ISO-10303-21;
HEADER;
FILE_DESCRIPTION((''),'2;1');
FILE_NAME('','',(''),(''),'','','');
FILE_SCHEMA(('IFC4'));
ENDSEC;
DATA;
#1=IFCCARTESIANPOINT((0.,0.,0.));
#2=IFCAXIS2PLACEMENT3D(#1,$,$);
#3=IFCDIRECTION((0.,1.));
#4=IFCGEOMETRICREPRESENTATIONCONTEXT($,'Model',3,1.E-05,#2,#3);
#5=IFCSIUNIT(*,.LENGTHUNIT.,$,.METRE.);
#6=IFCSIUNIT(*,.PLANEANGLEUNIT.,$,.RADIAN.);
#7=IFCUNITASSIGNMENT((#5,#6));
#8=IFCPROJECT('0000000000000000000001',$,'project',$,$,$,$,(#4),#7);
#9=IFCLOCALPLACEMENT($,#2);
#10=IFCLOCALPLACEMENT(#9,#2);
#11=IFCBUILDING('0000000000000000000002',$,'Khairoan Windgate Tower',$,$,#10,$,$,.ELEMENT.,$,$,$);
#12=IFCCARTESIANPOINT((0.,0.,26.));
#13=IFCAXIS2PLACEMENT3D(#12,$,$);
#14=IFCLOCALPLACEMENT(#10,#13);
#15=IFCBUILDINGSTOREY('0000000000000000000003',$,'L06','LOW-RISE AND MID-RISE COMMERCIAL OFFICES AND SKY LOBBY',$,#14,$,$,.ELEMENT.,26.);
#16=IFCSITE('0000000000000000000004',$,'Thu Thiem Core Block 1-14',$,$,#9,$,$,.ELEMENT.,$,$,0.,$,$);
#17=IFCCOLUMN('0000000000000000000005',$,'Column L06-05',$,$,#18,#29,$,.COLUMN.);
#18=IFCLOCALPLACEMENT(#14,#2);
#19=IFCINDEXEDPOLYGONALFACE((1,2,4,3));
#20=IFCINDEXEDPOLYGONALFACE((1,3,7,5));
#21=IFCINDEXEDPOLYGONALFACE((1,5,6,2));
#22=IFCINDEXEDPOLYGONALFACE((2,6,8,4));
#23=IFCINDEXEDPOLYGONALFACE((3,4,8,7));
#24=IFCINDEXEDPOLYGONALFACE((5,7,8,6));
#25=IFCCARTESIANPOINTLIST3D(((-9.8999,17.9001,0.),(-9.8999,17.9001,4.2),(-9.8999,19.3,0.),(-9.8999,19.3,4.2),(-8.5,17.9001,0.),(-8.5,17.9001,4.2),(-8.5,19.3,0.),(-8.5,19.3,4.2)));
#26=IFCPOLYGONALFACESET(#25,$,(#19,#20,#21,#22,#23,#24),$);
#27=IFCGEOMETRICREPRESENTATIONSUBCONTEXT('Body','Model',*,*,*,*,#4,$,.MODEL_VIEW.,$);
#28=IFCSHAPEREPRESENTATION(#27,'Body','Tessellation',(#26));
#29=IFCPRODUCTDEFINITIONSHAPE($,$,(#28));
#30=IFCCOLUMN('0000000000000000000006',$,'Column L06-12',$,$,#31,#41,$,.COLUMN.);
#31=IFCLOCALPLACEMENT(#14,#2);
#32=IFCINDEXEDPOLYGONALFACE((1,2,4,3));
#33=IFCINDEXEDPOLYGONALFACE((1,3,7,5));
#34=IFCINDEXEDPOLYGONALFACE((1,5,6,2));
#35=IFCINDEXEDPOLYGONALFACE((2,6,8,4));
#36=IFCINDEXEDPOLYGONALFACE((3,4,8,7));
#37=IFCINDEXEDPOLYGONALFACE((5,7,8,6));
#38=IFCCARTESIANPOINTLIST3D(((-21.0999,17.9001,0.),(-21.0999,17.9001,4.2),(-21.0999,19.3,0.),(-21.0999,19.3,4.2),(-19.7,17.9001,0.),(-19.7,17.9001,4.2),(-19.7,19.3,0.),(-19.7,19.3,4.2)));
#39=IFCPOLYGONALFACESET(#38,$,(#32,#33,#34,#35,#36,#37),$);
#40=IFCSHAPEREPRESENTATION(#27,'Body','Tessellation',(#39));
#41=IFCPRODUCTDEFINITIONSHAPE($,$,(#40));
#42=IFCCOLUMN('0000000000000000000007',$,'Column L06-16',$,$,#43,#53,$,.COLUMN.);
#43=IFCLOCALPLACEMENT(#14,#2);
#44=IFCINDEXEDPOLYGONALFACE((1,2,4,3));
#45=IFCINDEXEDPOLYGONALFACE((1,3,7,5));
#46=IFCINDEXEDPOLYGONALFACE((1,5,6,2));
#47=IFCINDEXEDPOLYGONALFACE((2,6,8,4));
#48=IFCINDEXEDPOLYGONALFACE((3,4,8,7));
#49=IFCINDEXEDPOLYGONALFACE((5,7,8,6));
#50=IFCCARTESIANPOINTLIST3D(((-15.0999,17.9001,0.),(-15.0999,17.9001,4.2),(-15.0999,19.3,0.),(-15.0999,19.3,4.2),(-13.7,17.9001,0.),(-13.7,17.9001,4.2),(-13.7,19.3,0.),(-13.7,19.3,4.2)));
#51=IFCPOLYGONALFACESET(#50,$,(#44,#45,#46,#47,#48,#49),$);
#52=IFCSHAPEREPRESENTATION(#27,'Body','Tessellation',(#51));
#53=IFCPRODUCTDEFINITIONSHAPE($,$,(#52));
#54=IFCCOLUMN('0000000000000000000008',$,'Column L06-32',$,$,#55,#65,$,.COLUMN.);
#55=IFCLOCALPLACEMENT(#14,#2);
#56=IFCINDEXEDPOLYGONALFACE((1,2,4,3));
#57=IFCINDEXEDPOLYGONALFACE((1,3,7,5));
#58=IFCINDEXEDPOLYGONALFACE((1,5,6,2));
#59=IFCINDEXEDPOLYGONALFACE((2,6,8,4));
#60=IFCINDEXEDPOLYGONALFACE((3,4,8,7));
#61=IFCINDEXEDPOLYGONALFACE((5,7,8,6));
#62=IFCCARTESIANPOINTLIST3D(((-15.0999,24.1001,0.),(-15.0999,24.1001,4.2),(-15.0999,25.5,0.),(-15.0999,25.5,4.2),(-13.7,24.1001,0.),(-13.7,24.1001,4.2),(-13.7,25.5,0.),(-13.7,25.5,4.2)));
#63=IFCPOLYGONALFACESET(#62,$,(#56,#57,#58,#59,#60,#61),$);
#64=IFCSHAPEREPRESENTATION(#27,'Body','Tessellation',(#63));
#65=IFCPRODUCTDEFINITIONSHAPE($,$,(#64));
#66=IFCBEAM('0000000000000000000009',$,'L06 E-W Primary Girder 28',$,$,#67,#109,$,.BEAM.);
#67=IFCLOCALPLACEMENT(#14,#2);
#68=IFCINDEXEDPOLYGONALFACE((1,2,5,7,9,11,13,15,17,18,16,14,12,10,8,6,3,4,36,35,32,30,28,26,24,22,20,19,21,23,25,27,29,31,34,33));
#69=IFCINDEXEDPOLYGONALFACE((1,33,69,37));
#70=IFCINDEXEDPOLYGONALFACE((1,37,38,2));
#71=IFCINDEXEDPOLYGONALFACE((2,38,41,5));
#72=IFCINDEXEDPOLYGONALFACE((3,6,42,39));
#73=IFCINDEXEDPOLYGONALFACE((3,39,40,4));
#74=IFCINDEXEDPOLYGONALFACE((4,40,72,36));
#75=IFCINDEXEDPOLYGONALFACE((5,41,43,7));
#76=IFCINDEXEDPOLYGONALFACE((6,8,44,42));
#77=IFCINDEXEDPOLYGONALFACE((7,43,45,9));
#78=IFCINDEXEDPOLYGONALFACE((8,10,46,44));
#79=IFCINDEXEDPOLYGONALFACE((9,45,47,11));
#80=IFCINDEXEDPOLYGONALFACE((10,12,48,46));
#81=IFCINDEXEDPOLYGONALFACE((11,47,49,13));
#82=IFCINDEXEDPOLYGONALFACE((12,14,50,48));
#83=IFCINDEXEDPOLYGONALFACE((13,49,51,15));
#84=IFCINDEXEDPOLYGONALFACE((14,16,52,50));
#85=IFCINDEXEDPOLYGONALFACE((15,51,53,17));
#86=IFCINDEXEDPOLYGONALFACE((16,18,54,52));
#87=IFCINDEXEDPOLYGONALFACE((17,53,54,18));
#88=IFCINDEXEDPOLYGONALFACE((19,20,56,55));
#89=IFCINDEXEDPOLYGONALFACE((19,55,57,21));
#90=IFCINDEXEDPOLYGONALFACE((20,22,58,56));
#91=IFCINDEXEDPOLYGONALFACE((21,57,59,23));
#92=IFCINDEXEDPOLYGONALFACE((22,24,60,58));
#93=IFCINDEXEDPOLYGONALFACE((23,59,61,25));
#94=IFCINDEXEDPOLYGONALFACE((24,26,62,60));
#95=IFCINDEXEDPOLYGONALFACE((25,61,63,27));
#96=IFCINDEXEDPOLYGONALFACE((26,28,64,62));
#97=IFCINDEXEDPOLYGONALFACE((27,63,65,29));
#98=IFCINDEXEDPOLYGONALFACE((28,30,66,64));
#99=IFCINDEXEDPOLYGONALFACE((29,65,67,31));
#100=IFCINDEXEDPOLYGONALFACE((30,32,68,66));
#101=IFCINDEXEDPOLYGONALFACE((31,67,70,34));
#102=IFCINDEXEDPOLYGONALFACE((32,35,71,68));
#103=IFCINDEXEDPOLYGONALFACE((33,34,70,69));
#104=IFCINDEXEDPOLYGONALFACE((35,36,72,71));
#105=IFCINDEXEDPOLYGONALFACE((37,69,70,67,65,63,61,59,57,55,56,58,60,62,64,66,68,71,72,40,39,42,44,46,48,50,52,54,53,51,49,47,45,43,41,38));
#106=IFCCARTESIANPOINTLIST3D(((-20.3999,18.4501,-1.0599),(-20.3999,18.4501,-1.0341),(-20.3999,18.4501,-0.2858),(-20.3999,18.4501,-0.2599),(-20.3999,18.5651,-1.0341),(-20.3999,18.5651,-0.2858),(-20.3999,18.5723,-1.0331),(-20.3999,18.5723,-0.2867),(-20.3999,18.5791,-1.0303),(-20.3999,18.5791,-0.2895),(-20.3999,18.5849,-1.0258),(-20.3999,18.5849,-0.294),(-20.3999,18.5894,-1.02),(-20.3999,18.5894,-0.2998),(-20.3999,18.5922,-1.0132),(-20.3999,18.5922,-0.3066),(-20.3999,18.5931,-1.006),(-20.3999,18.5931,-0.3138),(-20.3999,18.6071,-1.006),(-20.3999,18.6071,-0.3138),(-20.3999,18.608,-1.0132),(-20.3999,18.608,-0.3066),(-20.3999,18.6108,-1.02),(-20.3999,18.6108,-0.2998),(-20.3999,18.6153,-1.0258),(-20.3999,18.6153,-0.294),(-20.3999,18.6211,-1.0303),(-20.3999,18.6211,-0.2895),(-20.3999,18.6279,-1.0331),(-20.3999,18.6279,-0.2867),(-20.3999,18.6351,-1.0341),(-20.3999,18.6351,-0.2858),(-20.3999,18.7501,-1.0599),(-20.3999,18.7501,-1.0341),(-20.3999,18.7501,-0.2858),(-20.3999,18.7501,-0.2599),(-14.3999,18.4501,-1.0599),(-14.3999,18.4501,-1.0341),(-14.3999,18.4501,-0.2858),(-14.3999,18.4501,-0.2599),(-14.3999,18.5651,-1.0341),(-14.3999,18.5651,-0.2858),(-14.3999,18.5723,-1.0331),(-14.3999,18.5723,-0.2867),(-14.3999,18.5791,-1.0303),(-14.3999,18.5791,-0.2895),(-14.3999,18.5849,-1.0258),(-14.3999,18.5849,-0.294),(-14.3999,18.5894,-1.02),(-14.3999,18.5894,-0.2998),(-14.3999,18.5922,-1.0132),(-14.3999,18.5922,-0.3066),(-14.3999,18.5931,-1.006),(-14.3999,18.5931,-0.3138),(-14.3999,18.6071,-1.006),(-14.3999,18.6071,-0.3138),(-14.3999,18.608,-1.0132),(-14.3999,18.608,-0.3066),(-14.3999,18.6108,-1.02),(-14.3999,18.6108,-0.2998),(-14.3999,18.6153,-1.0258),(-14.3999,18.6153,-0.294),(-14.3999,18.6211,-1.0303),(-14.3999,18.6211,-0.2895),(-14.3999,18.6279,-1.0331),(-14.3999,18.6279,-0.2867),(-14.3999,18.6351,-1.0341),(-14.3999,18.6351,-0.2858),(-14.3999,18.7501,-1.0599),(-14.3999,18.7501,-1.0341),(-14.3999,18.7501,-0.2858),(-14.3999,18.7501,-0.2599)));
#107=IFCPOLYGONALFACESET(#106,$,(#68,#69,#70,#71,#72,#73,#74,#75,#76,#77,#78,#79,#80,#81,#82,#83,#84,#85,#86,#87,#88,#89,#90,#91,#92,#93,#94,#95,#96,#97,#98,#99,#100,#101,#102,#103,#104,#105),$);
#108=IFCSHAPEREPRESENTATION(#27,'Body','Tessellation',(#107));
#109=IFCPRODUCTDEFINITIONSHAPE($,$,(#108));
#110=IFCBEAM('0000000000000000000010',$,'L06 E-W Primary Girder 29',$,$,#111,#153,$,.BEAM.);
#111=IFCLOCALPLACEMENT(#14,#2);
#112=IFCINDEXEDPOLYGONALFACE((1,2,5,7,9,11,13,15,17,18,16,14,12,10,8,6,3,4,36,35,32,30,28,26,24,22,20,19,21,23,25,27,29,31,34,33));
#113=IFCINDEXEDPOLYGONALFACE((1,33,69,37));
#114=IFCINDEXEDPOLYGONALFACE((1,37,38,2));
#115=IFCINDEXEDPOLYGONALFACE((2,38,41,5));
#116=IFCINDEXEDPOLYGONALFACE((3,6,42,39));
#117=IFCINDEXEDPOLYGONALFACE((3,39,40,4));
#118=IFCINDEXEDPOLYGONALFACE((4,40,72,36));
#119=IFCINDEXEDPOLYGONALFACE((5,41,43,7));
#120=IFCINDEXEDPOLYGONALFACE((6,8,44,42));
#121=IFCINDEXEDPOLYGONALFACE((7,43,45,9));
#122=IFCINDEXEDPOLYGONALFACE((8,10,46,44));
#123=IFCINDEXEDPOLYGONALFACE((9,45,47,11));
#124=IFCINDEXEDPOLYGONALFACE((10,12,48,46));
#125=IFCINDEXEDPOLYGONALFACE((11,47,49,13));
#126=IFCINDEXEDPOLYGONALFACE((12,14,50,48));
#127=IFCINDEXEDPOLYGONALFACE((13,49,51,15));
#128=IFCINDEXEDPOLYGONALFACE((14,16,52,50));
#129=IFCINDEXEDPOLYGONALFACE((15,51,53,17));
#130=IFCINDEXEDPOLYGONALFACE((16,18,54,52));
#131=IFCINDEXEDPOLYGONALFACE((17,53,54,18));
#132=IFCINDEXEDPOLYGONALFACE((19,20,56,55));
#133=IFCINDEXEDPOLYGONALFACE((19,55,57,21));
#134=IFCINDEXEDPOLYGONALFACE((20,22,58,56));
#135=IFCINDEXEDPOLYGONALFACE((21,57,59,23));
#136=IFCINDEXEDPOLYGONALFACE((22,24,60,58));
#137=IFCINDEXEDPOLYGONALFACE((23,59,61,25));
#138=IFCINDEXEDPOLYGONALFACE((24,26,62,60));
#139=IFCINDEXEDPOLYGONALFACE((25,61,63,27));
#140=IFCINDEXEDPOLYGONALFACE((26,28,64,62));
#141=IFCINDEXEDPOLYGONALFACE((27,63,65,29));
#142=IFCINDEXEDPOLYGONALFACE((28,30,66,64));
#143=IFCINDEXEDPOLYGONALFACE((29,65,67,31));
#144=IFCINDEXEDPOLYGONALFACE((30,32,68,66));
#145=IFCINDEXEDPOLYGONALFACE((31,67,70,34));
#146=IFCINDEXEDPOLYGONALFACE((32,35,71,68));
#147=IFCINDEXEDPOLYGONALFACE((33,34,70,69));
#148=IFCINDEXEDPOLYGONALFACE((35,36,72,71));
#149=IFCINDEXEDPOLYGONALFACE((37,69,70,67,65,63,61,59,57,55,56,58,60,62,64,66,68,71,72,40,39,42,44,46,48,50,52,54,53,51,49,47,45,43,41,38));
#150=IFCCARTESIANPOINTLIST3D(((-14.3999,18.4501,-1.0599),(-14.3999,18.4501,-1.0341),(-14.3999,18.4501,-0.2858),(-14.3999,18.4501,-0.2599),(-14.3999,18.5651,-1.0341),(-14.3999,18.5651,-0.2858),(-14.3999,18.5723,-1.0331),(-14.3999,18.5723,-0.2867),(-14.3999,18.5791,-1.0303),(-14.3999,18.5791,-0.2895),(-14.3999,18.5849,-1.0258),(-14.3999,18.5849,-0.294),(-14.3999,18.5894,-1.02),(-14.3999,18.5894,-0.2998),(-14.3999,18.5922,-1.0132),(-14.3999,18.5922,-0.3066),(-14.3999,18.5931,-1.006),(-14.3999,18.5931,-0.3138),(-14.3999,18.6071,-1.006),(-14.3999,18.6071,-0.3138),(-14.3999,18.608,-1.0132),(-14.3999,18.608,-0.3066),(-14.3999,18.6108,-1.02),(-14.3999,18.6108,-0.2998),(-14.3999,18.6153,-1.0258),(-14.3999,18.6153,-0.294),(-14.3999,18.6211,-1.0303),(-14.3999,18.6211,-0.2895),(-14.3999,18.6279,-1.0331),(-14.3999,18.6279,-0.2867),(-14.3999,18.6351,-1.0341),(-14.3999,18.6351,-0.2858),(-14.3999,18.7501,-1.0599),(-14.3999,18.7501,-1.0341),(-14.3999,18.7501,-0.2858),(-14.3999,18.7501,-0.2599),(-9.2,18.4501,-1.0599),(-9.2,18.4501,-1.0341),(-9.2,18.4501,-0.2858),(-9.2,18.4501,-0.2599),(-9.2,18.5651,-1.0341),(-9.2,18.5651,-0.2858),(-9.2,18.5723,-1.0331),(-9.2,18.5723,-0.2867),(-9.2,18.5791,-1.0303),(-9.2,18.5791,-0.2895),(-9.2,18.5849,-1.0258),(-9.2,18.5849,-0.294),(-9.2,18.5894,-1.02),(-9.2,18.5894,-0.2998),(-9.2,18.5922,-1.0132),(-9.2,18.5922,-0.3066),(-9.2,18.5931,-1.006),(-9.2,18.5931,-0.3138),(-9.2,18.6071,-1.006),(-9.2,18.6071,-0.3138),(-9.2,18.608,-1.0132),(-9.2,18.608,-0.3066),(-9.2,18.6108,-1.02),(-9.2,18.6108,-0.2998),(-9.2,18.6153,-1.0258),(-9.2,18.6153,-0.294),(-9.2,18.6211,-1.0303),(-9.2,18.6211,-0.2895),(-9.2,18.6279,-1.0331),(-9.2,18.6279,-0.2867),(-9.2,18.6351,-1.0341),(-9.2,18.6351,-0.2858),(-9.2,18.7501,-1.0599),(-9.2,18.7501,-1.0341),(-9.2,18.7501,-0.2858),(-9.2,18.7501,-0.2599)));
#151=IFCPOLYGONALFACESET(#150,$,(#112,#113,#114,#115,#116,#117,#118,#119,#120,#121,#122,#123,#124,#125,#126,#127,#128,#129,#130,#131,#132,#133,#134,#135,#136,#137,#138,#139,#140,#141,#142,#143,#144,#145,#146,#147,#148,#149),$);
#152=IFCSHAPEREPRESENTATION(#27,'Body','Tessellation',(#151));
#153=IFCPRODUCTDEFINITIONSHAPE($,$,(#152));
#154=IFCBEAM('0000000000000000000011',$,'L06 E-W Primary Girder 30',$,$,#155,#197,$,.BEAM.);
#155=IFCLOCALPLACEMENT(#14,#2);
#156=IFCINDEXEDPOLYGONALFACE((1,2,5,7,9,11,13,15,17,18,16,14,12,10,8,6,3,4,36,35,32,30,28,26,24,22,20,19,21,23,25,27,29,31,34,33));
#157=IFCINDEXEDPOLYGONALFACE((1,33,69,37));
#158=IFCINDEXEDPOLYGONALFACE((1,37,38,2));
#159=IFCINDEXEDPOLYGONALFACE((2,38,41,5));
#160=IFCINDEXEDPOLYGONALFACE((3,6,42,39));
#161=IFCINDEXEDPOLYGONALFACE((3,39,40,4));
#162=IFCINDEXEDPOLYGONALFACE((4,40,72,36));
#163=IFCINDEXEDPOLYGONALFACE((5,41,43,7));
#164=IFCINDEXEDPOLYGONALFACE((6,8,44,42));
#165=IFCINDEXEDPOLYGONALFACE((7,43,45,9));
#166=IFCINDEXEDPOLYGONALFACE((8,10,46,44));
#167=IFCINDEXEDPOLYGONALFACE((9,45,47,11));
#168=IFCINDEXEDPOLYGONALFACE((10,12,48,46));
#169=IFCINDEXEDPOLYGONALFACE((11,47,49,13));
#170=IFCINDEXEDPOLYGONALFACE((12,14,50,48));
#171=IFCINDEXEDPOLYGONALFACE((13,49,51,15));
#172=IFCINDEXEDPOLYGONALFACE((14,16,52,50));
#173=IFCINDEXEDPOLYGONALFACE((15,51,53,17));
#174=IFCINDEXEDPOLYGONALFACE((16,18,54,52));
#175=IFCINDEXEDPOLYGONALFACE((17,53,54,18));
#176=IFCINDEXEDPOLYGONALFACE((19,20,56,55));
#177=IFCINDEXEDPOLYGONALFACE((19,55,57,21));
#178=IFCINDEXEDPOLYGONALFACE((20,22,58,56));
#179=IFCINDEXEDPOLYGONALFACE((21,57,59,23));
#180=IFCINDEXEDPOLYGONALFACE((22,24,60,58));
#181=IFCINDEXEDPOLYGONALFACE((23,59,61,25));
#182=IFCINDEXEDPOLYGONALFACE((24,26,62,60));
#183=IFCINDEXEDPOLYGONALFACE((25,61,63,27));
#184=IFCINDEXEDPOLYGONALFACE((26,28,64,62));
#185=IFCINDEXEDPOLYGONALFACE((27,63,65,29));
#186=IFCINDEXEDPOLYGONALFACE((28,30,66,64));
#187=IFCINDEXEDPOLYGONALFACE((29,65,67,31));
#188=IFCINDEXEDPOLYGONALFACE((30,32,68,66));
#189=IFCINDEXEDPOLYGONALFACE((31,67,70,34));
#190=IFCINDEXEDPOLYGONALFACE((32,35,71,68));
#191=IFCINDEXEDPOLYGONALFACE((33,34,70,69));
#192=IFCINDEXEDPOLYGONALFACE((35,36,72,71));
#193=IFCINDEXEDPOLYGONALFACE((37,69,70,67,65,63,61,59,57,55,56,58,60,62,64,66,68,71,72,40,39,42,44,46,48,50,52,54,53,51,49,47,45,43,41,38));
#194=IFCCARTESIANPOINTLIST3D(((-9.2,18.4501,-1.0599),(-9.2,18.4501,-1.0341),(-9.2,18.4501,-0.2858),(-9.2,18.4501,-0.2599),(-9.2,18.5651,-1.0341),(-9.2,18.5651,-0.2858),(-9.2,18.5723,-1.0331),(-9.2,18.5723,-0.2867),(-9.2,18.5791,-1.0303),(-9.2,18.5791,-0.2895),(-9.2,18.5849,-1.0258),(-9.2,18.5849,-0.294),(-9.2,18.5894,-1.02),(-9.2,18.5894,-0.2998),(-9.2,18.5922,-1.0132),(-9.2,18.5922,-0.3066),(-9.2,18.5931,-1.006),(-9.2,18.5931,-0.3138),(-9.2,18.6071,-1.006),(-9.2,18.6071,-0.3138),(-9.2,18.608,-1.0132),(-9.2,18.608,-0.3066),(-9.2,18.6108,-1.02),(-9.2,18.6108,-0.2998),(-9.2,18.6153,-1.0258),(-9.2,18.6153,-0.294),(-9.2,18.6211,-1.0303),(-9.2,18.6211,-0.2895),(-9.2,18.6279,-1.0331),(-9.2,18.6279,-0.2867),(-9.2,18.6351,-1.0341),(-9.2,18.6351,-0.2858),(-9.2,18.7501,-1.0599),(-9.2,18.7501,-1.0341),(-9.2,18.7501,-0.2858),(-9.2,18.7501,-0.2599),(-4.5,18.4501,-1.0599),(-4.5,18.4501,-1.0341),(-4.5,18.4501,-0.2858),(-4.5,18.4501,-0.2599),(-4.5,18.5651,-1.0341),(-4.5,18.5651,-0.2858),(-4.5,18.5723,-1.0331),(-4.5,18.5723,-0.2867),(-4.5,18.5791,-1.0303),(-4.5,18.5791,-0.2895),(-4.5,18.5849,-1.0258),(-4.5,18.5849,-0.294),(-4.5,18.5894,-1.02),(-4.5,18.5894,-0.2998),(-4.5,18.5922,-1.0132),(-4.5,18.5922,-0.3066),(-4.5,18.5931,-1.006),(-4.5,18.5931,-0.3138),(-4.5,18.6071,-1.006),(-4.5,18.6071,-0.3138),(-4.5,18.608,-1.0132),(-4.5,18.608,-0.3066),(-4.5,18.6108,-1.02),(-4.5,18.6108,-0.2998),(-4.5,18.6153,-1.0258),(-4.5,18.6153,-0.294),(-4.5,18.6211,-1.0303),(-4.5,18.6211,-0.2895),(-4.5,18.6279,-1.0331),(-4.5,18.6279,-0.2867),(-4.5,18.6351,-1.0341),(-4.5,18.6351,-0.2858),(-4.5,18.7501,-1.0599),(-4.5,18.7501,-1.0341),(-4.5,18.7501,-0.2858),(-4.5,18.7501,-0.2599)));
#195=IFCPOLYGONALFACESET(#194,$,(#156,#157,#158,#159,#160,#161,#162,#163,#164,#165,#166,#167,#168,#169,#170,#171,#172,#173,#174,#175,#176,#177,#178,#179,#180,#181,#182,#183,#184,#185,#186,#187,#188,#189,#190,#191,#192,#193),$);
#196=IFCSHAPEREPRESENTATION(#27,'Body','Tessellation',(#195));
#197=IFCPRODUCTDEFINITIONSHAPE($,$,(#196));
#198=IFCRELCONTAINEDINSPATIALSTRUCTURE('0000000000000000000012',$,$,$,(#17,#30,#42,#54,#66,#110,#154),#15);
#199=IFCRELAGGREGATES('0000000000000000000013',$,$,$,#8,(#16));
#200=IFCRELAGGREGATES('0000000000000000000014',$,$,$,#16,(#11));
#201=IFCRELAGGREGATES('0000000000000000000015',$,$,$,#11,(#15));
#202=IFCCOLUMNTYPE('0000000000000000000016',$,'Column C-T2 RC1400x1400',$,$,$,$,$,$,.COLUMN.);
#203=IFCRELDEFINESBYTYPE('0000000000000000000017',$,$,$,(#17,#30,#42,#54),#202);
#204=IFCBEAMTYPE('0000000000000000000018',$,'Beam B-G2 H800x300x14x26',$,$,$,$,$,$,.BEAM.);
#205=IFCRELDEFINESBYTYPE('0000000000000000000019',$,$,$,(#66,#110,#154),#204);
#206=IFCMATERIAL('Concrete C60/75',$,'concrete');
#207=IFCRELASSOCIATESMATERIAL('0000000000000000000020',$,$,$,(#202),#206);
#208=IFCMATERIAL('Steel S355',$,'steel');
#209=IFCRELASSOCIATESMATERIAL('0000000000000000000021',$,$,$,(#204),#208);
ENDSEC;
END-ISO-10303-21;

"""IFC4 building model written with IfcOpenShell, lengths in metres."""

from ifc_helpers import new_model, si_unit, direction, frame, origin, origin_2d, place, context, subcontext, project, spatial, rectangle, i_section, extrude, material, material_profile, profile_set, type_object, element, save


model = new_model("IFC4")

# Units and contexts
model_context = context("Model", 3, precision=1e-05, world=origin(), true_north=direction((0.0, 1.0)))
body_context = subcontext(model_context, "Body", "Model", "MODEL_VIEW")
ifc_project = project(units=[si_unit("LENGTHUNIT", "METRE"), si_unit("PLANEANGLEUNIT", "RADIAN")], contexts=[model_context])

# Site, building, storey
site_placement = place(None, origin())
site = spatial("IfcSite", under=ifc_project, at=site_placement, Name="Thu Thiem Core Block 1-14", CompositionType="ELEMENT", RefElevation=0.0)
building_placement = place(site_placement, origin())
building = spatial("IfcBuilding", under=site, at=building_placement, Name="Khairoan Windgate Tower", CompositionType="ELEMENT")
storey_placement = place(building_placement, frame((0.0, 0.0, 26.0)))
storey = spatial("IfcBuildingStorey", under=building, at=storey_placement, Name="L06", Description="LOW-RISE AND MID-RISE COMMERCIAL OFFICES AND SKY LOBBY", CompositionType="ELEMENT", Elevation=26.0)

# Columns
ifc_material_1 = material(Name="Concrete C60/75", Category="concrete")
ifc_material_profile_1 = material_profile(ifc_material_1, rectangle(XDim=1.3999, YDim=1.3999, at=origin_2d()))
ifc_profile_set_1 = profile_set([ifc_material_profile_1], Name="Concrete C60/75")
column_type = type_object("IfcColumnType", Name="Column C-T2 RC1400x1400", PredefinedType="COLUMN", material=ifc_profile_set_1)
for number, where, z_axis, x_axis, name in (
    (1, (-9.2, 18.6001, 0.0), (0.0, 0.0, 1.0), (1.0, 0.0, 0.0), "Column L06-05"),
    (2, (-20.3999, 18.6001, 0.0), (0.0, 0.0, 1.0), (1.0, 0.0, 0.0), "Column L06-12"),
    (3, (-14.3999, 18.6001, 0.0), (0.0, 0.0, 1.0), (1.0, 0.0, 0.0), "Column L06-16"),
    (4, (-14.3999, 24.8, 0.0), (0.0, 0.0, 1.0), (1.0, 0.0, 0.0), "Column L06-32"),
):
    element("IfcColumn", number, at=place(storey_placement, frame(where, z_axis=z_axis, x_axis=x_axis)), inside=storey, type_object=column_type, Name=name, PredefinedType="COLUMN", context=body_context, shape_type="SweptSolid", body=[
        extrude(rectangle(XDim=1.3999, YDim=1.3999, at=origin_2d()), origin(), (0.0, 0.0, 1.0), 4.2),
    ])

# Beams
ifc_material_2 = material(Name="Steel S355", Category="steel")
ifc_material_profile_2 = material_profile(ifc_material_2, i_section(OverallWidth=0.3, OverallDepth=0.8, WebThickness=0.0139, FlangeThickness=0.0259, FilletRadius=0.0281, at=origin_2d()))
ifc_profile_set_2 = profile_set([ifc_material_profile_2], Name="Steel S355")
beam_type = type_object("IfcBeamType", Name="Beam B-G2 H800x300x14x26", PredefinedType="BEAM", material=ifc_profile_set_2)
beam_1_placement = place(storey_placement, frame((-20.3999, 18.6001, -0.6599), z_axis=(1.0, 0.0, 0.0), x_axis=(0.0, 1.0, 0.0)))
element("IfcBeam", 5, at=beam_1_placement, inside=storey, type_object=beam_type, Name="L06 E-W Primary Girder 28", PredefinedType="BEAM", context=body_context, shape_type="SweptSolid", body=[
    extrude(i_section(OverallWidth=0.3, OverallDepth=0.8, WebThickness=0.0139, FlangeThickness=0.0259, FilletRadius=0.0281, at=origin_2d()), origin(), (0.0, 0.0, 1.0), 6.0),
])
beam_2_placement = place(storey_placement, frame((-14.3999, 18.6001, -0.6599), z_axis=(1.0, 0.0, 0.0), x_axis=(0.0, 1.0, 0.0)))
element("IfcBeam", 6, at=beam_2_placement, inside=storey, type_object=beam_type, Name="L06 E-W Primary Girder 29", PredefinedType="BEAM", context=body_context, shape_type="SweptSolid", body=[
    extrude(i_section(OverallWidth=0.3, OverallDepth=0.8, WebThickness=0.0139, FlangeThickness=0.0259, FilletRadius=0.0281, at=origin_2d()), origin(), (0.0, 0.0, 1.0), 5.2),
])
beam_3_placement = place(storey_placement, frame((-9.2, 18.6001, -0.6599), z_axis=(1.0, 0.0, 0.0), x_axis=(0.0, 1.0, 0.0)))
element("IfcBeam", 7, at=beam_3_placement, inside=storey, type_object=beam_type, Name="L06 E-W Primary Girder 30", PredefinedType="BEAM", context=body_context, shape_type="SweptSolid", body=[
    extrude(i_section(OverallWidth=0.3, OverallDepth=0.8, WebThickness=0.0139, FlangeThickness=0.0259, FilletRadius=0.0281, at=origin_2d()), origin(), (0.0, 0.0, 1.0), 4.7),
])

save(model, "model.ifc")
